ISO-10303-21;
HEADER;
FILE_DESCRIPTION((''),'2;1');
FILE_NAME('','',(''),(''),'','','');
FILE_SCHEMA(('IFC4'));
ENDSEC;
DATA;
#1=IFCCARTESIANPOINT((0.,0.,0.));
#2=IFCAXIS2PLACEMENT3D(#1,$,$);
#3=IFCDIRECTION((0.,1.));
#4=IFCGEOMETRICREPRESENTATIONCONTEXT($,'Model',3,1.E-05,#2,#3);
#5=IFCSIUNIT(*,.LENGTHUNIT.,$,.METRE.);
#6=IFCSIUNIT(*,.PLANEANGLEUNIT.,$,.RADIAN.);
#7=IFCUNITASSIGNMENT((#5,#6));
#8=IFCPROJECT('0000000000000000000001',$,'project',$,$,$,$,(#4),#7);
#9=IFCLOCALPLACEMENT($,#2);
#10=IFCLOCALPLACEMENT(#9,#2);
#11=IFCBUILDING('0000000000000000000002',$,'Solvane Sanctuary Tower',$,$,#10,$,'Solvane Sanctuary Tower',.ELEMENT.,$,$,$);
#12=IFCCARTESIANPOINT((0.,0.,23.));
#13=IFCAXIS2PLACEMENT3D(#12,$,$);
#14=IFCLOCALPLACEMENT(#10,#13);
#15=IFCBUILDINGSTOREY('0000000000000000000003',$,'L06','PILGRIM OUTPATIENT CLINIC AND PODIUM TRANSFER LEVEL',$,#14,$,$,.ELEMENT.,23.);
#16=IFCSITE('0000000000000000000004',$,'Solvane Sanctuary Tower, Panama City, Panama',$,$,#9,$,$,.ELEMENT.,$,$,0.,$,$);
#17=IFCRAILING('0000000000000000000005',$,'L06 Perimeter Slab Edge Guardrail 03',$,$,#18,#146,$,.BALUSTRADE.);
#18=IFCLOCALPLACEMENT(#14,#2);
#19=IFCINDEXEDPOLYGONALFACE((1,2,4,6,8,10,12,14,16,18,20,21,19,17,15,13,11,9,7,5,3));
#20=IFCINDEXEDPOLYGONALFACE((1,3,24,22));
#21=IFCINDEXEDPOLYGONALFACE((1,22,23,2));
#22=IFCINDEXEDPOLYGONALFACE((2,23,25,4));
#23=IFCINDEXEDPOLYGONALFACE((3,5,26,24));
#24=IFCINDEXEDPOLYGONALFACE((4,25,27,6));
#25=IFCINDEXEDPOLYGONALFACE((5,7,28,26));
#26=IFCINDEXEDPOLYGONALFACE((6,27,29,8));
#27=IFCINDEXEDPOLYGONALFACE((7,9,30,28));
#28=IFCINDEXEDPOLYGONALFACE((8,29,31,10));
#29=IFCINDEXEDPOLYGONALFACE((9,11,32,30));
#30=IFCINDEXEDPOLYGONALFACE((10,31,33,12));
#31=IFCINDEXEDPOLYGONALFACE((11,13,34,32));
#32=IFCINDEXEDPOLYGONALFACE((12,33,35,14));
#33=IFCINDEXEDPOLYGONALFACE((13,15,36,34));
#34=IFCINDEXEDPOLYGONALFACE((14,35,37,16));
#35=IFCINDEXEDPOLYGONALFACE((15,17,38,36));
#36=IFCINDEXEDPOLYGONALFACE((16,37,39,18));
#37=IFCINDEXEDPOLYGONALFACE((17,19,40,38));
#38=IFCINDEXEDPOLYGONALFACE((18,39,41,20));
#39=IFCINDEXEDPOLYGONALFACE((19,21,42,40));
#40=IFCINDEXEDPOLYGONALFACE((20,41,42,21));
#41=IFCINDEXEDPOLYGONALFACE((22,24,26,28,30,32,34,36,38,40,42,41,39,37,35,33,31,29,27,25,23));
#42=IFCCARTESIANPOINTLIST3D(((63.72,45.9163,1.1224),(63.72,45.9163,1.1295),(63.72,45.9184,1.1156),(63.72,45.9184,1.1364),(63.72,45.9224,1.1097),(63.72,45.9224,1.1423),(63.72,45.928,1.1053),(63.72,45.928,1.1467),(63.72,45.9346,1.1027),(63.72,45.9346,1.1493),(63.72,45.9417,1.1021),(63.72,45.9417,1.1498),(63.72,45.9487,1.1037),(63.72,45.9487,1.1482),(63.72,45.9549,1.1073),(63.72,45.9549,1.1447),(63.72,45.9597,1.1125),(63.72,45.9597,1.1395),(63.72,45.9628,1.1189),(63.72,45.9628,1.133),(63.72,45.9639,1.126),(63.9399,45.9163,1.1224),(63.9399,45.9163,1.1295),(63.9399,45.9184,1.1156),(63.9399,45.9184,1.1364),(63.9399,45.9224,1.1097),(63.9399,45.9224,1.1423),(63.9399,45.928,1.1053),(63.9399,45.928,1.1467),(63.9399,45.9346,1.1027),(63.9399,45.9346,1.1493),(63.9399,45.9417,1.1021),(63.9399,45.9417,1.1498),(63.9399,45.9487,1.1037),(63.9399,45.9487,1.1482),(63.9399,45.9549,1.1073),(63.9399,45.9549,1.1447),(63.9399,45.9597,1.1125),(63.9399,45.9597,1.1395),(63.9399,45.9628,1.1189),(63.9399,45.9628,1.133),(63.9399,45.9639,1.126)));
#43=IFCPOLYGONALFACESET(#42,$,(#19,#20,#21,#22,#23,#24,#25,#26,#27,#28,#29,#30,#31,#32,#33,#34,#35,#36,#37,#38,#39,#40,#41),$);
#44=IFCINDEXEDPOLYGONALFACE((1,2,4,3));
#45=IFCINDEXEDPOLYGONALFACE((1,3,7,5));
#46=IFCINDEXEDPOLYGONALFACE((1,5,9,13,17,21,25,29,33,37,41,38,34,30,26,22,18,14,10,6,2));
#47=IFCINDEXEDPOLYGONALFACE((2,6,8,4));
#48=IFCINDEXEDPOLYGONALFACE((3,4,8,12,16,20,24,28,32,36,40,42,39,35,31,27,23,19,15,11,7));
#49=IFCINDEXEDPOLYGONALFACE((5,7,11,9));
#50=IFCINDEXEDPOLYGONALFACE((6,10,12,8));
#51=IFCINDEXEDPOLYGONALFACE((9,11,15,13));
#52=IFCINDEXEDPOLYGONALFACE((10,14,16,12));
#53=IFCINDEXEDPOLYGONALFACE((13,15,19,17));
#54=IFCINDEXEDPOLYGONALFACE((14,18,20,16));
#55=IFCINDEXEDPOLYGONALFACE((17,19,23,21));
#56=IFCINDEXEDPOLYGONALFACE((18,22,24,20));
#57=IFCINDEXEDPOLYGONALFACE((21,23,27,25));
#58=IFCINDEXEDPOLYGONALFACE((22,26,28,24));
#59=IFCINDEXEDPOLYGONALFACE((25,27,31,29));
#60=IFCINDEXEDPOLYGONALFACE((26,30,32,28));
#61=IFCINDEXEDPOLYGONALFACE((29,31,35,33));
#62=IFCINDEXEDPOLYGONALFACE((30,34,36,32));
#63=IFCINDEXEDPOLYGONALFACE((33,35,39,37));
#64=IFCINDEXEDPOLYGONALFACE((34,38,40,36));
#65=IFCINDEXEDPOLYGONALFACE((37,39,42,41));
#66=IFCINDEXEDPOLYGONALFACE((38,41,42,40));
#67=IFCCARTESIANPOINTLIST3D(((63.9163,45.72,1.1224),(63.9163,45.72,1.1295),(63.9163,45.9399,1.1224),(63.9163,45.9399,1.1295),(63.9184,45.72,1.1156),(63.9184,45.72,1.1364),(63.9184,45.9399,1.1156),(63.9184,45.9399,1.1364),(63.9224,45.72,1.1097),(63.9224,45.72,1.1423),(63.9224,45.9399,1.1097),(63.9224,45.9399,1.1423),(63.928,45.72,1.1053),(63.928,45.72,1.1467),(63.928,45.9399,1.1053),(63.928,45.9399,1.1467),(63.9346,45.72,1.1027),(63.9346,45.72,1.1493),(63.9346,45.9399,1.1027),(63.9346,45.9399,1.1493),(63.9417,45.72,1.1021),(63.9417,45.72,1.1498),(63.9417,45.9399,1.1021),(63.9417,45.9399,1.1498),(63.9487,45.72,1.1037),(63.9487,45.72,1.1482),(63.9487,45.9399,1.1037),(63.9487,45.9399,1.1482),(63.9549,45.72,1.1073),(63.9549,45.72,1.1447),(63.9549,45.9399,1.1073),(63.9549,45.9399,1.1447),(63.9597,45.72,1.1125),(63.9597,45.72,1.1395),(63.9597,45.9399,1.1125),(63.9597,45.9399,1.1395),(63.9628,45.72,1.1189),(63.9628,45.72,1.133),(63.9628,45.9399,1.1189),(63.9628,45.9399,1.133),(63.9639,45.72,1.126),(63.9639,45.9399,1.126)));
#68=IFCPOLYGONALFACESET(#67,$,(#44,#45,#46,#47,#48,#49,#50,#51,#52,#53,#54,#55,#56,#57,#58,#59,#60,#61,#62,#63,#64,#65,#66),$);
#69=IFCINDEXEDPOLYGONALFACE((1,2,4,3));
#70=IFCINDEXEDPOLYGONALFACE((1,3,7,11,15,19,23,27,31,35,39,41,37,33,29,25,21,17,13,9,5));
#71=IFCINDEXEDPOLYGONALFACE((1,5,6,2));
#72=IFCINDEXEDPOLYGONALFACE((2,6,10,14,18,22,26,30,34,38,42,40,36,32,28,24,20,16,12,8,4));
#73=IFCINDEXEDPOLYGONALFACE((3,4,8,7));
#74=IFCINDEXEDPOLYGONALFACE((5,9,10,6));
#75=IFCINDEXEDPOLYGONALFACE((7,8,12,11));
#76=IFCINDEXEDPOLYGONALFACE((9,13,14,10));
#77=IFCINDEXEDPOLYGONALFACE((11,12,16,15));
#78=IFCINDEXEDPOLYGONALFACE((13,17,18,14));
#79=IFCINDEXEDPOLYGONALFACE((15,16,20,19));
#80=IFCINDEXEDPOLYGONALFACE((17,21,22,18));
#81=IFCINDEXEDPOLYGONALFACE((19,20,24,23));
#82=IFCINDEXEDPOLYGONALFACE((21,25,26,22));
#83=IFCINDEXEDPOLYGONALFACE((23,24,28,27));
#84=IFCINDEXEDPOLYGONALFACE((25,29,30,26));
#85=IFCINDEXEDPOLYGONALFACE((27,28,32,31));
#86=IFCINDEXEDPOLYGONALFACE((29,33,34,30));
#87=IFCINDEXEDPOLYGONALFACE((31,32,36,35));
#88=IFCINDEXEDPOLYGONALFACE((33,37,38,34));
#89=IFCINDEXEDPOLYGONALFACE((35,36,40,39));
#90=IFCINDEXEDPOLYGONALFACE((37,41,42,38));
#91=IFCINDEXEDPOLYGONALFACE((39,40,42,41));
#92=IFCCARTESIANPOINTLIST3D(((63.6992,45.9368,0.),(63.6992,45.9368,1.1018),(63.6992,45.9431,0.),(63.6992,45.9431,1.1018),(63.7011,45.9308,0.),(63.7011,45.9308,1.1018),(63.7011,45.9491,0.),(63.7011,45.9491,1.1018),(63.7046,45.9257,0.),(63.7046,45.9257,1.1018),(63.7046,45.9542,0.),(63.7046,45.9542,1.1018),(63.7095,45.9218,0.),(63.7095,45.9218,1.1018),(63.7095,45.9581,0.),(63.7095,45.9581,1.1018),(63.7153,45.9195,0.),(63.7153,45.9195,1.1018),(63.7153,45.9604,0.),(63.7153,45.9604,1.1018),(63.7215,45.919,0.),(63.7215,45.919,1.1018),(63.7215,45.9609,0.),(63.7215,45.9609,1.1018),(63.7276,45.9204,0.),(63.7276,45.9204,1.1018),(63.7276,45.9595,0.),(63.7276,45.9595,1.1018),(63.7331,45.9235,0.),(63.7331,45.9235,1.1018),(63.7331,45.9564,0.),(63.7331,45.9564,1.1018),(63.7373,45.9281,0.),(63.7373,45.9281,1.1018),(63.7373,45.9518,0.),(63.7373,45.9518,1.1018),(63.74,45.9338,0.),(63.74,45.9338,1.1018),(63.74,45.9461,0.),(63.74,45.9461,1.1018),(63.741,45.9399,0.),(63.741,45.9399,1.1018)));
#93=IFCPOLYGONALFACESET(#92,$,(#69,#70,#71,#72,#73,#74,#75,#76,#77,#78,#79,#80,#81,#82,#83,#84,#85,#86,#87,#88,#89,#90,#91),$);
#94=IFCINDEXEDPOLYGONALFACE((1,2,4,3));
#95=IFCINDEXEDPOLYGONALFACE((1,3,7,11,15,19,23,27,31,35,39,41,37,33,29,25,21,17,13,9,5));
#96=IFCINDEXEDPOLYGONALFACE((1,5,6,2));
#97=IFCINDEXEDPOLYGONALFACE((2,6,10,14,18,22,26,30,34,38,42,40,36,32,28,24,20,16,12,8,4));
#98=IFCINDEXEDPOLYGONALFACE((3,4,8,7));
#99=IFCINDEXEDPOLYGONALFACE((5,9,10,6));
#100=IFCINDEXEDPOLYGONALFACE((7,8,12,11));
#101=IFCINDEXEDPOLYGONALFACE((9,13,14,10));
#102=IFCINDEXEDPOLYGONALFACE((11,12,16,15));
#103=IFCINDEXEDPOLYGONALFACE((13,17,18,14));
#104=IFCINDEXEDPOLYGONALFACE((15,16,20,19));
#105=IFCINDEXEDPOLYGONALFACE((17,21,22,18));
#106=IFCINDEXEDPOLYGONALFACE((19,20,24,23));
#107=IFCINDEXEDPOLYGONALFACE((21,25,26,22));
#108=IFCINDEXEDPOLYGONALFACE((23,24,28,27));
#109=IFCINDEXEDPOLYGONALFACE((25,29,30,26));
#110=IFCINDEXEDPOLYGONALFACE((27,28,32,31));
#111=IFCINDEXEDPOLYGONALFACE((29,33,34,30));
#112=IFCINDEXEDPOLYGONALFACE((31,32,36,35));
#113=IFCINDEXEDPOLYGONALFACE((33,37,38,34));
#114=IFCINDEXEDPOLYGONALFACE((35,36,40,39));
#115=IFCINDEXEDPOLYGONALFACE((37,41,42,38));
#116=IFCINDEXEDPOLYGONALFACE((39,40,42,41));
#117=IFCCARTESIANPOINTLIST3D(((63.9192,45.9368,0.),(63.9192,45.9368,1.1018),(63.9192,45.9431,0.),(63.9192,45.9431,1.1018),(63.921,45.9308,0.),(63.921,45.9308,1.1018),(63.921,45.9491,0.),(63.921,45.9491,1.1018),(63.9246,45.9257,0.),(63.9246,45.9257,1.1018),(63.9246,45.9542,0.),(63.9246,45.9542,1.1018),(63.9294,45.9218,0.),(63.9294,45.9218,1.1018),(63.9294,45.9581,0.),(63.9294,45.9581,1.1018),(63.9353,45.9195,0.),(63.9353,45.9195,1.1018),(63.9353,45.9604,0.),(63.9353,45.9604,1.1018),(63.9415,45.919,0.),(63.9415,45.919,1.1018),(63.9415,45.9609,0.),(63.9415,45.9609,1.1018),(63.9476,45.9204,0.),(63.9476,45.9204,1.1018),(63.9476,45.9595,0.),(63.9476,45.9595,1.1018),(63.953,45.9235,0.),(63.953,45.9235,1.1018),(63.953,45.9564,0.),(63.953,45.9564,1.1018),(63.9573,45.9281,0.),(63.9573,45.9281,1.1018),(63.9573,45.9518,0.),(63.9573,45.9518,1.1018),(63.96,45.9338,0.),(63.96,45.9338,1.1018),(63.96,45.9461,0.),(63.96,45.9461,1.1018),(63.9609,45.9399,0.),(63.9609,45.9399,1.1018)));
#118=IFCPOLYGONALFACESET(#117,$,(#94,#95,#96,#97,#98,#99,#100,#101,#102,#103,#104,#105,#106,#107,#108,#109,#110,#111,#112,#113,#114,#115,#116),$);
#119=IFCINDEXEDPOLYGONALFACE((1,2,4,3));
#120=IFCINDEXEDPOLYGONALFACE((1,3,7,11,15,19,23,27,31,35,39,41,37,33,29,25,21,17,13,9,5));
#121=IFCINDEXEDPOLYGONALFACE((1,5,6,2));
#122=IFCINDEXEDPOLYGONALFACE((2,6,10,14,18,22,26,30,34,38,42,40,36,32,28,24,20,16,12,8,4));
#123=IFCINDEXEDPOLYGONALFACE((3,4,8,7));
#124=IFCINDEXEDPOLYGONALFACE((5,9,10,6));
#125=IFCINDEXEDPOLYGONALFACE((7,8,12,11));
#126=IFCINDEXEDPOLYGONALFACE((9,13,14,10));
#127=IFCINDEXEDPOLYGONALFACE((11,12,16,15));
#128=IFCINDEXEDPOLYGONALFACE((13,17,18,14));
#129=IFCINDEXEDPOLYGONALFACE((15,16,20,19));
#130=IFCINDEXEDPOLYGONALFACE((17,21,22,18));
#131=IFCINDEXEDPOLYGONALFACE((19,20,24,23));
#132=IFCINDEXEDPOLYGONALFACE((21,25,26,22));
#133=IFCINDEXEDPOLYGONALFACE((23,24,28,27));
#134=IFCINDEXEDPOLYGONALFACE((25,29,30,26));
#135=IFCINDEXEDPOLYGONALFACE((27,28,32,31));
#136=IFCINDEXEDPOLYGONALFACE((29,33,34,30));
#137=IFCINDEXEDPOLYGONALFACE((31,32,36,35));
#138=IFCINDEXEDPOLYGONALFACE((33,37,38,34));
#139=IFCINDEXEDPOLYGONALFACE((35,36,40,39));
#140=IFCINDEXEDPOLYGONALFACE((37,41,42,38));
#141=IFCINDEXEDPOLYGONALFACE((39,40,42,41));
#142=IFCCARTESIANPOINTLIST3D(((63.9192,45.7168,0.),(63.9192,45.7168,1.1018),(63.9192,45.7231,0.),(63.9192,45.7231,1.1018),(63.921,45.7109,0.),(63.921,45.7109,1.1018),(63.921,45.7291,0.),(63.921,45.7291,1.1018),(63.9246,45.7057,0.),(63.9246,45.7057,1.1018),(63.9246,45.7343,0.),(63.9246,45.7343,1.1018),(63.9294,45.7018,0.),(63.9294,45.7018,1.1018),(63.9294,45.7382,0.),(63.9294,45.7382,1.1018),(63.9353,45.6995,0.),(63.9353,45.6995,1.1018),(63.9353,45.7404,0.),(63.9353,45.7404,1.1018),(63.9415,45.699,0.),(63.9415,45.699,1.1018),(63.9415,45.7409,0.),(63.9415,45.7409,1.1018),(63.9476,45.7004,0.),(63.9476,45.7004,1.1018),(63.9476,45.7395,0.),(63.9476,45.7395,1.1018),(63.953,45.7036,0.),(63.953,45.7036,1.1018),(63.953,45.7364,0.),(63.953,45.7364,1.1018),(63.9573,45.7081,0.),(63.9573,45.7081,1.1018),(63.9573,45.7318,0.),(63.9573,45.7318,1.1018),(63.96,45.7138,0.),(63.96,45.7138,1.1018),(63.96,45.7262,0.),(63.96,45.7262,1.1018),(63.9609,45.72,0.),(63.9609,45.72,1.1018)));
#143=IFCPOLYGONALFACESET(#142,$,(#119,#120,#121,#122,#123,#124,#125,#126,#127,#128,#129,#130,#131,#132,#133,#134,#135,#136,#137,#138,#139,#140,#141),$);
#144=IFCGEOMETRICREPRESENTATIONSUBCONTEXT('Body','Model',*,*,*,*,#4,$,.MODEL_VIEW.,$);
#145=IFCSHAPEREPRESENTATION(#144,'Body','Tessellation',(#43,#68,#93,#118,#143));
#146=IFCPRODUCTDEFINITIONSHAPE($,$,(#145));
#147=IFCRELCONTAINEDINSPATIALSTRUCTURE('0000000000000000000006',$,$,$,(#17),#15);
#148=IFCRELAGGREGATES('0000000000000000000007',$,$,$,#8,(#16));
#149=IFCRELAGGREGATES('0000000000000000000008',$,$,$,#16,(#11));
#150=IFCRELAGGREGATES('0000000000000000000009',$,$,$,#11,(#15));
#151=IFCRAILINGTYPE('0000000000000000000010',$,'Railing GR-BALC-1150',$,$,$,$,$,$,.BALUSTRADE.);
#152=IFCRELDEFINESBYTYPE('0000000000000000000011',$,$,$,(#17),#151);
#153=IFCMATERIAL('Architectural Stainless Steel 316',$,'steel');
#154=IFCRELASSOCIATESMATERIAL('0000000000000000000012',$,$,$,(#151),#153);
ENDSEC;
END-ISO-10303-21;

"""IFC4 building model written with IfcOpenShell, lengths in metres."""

from ifc_helpers import new_model, si_unit, direction, frame, origin, origin_2d, place, context, subcontext, project, spatial, circle, extrude, material, type_object, element, save


model = new_model("IFC4")

# Units and contexts
model_context = context("Model", 3, precision=1e-05, world=origin(), true_north=direction((0.0, 1.0)))
body_context = subcontext(model_context, "Body", "Model", "MODEL_VIEW")
ifc_project = project(units=[si_unit("LENGTHUNIT", "METRE"), si_unit("PLANEANGLEUNIT", "RADIAN")], contexts=[model_context])

# Site, building, storey
site_placement = place(None, origin())
site = spatial("IfcSite", under=ifc_project, at=site_placement, Name="Solvane Sanctuary Tower, Panama City, Panama", CompositionType="ELEMENT", RefElevation=0.0)
building_placement = place(site_placement, origin())
building = spatial("IfcBuilding", under=site, at=building_placement, Name="Solvane Sanctuary Tower", LongName="Solvane Sanctuary Tower", CompositionType="ELEMENT")
storey_placement = place(building_placement, frame((0.0, 0.0, 23.0)))
storey = spatial("IfcBuildingStorey", under=building, at=storey_placement, Name="L06", Description="PILGRIM OUTPATIENT CLINIC AND PODIUM TRANSFER LEVEL", CompositionType="ELEMENT", Elevation=23.0)

# Railing
ifc_material_1 = material(Name="Architectural Stainless Steel 316", Category="steel")
railing_type = type_object("IfcRailingType", Name="Railing GR-BALC-1150", PredefinedType="BALUSTRADE", material=ifc_material_1)
railing_1_placement = place(storey_placement, frame((63.72, 45.9399, 0.0)))
element("IfcRailing", 1, at=railing_1_placement, inside=storey, type_object=railing_type, Name="L06 Perimeter Slab Edge Guardrail 03", PredefinedType="BALUSTRADE", context=body_context, shape_type="SweptSolid", body=[
    extrude(circle(Radius=0.0239, at=origin_2d()), frame((0.0, 0.0, 1.126), z_axis=(1.0, 0.0, 0.0), x_axis=(0.0, 1.0, 0.0)), (0.0, 0.0, 1.0), 0.22),
    extrude(circle(Radius=0.0239, at=origin_2d()), frame((0.22, 0.0, 1.126), z_axis=(0.0, -1.0, 0.0), x_axis=(1.0, 0.0, 0.0)), (0.0, 0.0, 1.0), 0.22),
    extrude(circle(Radius=0.021, at=origin_2d()), origin(), (0.0, 0.0, 1.0), 1.1018),
    extrude(circle(Radius=0.021, at=origin_2d()), frame((0.22, 0.0, 0.0)), (0.0, 0.0, 1.0), 1.1018),
    extrude(circle(Radius=0.021, at=origin_2d()), frame((0.22, -0.22, 0.0)), (0.0, 0.0, 1.0), 1.1018),
])

save(model, "model.ifc")
